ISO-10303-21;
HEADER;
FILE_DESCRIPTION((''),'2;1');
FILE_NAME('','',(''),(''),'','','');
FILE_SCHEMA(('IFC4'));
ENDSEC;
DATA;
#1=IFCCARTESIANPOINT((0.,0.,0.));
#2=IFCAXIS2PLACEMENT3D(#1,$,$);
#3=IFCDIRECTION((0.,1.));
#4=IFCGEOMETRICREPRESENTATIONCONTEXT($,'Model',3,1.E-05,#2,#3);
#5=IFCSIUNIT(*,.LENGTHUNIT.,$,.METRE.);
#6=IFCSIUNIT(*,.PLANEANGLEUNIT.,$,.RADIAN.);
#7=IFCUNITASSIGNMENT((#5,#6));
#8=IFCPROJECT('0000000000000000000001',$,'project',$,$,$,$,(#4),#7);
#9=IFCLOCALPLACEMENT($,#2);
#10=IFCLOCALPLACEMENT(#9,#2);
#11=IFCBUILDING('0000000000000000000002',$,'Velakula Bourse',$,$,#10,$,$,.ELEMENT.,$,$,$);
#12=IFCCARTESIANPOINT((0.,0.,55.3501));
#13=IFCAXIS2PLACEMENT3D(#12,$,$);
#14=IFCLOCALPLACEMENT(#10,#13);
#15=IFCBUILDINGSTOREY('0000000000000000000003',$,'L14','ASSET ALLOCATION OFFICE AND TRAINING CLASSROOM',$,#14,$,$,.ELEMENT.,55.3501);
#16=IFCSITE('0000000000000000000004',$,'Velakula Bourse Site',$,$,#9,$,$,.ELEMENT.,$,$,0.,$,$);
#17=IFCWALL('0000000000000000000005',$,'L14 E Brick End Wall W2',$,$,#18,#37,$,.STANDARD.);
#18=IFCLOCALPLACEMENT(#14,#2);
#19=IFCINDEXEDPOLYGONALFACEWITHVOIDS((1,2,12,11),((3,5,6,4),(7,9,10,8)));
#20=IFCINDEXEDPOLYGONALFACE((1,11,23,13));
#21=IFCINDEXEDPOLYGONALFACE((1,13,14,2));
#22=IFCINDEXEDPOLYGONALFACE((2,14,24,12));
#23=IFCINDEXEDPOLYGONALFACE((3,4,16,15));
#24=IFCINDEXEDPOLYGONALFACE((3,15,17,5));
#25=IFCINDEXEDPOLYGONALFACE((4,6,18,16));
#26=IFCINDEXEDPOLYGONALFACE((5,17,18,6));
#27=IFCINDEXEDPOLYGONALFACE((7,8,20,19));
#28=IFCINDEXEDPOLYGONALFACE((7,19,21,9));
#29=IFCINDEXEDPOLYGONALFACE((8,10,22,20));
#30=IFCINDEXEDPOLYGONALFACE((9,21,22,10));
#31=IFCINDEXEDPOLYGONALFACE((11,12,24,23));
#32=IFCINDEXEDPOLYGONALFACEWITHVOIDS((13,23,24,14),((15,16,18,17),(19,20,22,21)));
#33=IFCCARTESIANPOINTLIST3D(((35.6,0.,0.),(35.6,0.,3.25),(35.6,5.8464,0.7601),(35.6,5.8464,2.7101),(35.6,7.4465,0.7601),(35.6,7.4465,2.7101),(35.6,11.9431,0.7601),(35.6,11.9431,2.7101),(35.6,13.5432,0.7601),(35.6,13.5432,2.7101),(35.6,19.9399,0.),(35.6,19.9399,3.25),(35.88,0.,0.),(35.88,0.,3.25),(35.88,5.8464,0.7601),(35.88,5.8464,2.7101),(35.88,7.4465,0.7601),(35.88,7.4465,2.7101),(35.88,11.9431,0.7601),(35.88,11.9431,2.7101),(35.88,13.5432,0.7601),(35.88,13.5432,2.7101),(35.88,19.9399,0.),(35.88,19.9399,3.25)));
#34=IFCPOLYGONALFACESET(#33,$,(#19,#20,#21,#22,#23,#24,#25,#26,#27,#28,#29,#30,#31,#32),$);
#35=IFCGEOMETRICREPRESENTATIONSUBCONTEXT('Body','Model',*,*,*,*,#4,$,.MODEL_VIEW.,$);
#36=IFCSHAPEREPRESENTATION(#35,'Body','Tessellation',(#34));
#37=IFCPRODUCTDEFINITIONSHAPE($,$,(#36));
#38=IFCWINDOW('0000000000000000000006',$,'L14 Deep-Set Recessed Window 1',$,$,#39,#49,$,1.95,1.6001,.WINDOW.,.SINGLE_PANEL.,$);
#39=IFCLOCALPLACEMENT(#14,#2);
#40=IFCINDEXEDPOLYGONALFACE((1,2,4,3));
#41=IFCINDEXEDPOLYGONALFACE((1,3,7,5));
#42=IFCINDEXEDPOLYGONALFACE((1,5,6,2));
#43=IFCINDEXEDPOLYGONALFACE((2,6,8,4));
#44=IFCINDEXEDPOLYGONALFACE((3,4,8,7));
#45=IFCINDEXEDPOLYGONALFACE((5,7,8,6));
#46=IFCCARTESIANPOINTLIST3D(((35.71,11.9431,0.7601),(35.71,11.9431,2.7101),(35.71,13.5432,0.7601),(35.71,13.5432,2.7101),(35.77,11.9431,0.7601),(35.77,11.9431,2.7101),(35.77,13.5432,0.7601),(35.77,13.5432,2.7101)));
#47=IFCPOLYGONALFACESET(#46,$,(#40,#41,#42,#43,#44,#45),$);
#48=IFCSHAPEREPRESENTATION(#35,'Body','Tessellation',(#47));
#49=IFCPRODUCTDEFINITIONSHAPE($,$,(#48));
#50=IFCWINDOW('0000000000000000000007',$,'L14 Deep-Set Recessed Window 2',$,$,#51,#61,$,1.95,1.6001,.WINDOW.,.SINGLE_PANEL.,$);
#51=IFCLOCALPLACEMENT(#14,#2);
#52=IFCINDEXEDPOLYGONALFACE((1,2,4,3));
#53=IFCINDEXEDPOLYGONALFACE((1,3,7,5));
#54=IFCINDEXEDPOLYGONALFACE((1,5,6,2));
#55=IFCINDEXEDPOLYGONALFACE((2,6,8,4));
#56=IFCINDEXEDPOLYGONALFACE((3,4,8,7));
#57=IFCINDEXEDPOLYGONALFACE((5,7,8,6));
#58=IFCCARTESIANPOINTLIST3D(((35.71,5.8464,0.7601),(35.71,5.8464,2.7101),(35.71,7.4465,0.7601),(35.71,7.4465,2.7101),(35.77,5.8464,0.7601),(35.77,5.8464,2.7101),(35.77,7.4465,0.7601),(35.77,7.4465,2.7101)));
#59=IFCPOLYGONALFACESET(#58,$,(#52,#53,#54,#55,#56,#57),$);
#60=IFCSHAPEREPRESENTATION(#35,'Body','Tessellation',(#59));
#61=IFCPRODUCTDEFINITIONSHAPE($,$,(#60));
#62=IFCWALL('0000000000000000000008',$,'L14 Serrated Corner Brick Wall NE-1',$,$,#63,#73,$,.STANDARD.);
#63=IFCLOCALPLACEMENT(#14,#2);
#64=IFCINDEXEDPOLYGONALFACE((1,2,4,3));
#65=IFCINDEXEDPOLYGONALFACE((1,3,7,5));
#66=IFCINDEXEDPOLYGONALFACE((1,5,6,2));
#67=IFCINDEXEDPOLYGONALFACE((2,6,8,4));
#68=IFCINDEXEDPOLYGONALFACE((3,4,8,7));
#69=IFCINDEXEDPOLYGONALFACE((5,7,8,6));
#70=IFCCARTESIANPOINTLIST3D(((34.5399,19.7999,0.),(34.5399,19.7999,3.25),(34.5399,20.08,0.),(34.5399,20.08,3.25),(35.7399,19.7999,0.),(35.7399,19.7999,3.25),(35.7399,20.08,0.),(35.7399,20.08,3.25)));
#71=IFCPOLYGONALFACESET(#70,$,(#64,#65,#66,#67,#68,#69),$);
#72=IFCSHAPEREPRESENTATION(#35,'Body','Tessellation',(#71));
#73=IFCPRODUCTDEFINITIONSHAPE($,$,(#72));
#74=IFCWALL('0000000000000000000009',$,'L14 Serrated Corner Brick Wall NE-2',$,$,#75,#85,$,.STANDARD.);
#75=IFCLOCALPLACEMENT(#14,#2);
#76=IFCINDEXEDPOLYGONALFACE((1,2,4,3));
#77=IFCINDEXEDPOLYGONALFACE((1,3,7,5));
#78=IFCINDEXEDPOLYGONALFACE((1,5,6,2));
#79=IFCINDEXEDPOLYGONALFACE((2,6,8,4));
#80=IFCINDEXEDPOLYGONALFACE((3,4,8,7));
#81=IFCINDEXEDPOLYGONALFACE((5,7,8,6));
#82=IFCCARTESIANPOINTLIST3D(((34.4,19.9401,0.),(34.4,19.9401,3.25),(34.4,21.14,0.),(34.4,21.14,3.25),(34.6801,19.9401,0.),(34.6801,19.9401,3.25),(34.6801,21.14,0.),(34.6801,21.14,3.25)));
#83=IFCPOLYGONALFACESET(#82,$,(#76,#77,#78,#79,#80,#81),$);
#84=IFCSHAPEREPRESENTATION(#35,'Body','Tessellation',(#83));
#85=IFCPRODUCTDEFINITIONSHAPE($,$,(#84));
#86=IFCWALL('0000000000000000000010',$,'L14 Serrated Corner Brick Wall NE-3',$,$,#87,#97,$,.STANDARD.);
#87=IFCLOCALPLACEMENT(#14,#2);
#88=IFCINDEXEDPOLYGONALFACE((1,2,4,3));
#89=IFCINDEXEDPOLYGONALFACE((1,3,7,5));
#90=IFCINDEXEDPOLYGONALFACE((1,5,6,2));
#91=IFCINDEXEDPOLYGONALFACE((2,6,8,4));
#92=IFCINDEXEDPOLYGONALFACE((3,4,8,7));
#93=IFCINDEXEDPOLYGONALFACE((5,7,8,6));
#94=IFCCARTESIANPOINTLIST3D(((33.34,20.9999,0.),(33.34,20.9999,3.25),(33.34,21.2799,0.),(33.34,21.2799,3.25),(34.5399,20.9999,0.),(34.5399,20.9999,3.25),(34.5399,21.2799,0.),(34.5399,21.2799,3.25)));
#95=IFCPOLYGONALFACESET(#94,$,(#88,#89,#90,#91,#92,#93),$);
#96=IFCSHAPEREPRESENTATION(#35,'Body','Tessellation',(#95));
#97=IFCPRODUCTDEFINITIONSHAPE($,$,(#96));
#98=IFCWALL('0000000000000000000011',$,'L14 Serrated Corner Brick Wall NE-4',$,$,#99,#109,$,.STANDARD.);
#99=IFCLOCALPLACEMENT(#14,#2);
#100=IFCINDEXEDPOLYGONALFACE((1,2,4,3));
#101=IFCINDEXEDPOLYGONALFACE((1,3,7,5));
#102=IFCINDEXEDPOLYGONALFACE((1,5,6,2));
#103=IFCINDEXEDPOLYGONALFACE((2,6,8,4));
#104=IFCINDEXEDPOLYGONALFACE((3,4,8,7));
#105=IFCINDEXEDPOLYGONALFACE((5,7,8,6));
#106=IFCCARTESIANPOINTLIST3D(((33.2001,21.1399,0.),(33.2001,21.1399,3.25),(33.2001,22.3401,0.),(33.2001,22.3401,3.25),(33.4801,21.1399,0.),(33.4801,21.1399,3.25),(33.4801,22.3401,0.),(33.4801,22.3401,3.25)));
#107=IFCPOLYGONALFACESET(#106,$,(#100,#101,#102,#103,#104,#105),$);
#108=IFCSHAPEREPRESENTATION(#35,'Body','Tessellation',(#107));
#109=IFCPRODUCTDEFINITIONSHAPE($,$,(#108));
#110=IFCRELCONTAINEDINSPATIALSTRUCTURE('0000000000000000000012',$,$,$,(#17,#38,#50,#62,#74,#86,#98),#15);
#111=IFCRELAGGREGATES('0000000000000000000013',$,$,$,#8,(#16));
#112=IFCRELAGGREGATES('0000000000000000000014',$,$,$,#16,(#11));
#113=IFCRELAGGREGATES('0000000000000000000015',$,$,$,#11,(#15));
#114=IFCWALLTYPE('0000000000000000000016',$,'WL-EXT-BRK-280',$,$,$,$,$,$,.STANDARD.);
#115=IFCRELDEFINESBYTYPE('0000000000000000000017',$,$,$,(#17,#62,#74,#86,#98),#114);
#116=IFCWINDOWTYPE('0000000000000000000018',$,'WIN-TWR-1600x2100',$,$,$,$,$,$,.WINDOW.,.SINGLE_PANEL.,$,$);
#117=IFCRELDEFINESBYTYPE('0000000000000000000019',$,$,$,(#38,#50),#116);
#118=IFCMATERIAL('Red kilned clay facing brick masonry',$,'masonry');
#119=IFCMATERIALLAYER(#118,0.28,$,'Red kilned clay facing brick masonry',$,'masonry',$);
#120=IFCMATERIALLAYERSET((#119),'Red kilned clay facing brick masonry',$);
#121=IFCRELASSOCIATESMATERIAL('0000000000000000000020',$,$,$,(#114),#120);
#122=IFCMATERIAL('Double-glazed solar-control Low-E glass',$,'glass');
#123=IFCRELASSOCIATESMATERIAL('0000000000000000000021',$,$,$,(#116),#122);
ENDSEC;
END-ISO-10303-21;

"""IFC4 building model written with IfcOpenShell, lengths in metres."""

from ifc_helpers import new_model, si_unit, direction, frame, frame_2d, origin, place, context, subcontext, project, spatial, rectangle, extrude, material, layer, layer_set, type_object, element, fill, save


model = new_model("IFC4")

# Units and contexts
model_context = context("Model", 3, precision=1e-05, world=origin(), true_north=direction((0.0, 1.0)))
body_context = subcontext(model_context, "Body", "Model", "MODEL_VIEW")
ifc_project = project(units=[si_unit("LENGTHUNIT", "METRE"), si_unit("PLANEANGLEUNIT", "RADIAN")], contexts=[model_context])

# Site, building, storey
site_placement = place(None, origin())
site = spatial("IfcSite", under=ifc_project, at=site_placement, Name="Velakula Bourse Site", CompositionType="ELEMENT", RefElevation=0.0)
building_placement = place(site_placement, origin())
building = spatial("IfcBuilding", under=site, at=building_placement, Name="Velakula Bourse", CompositionType="ELEMENT")
storey_placement = place(building_placement, frame((0.0, 0.0, 55.3501)))
storey = spatial("IfcBuildingStorey", under=building, at=storey_placement, Name="L14", Description="ASSET ALLOCATION OFFICE AND TRAINING CLASSROOM", CompositionType="ELEMENT", Elevation=55.3501)

# Wall, openings, windows
ifc_material_1 = material(Name="Red kilned clay facing brick masonry", Category="masonry")
ifc_layer = layer(ifc_material_1, 0.28, Name="Red kilned clay facing brick masonry", Category="masonry")
ifc_layer_set = layer_set([ifc_layer], Name="Red kilned clay facing brick masonry")
wall_type = type_object("IfcWallType", Name="WL-EXT-BRK-280", PredefinedType="STANDARD", material=ifc_layer_set)
wall_1_placement = place(storey_placement, frame((35.74, 19.9399, 0.0), z_axis=(0.0, 0.0, 1.0), x_axis=(0.0, -1.0, 0.0)))
wall_1 = element("IfcWall", 1, at=wall_1_placement, inside=storey, type_object=wall_type, Name="L14 E Brick End Wall W2", PredefinedType="STANDARD", context=body_context, shape_type="SweptSolid", body=[
    extrude(rectangle(XDim=19.9399, YDim=0.28, at=frame_2d((9.97, 0.0))), origin(), (0.0, 0.0, 1.0), 3.25),
])
opening_1_placement = place(wall_1_placement, frame((6.3967, 0.0, 0.76)))
opening_1 = element("IfcOpeningElement", 2, at=opening_1_placement, cuts=wall_1, PredefinedType="OPENING", context=body_context, shape_type="SweptSolid", body=[
    extrude(rectangle(XDim=1.6001, YDim=1.95, at=frame_2d((0.8, 0.9751))), frame((0.0, 0.1499, 0.0), z_axis=(0.0, -1.0, 0.0), x_axis=(1.0, 0.0, 0.0)), (0.0, 0.0, 1.0), 0.3),
])
opening_2_placement = place(wall_1_placement, frame((12.4934, 0.0, 0.76)))
opening_2 = element("IfcOpeningElement", 3, at=opening_2_placement, cuts=wall_1, PredefinedType="OPENING", context=body_context, shape_type="SweptSolid", body=[
    extrude(rectangle(XDim=1.6001, YDim=1.95, at=frame_2d((0.8, 0.9751))), frame((0.0, 0.1499, 0.0), z_axis=(0.0, -1.0, 0.0), x_axis=(1.0, 0.0, 0.0)), (0.0, 0.0, 1.0), 0.3),
])
ifc_material_2 = material(Name="Double-glazed solar-control Low-E glass", Category="glass")
window_type = type_object("IfcWindowType", Name="WIN-TWR-1600x2100", PartitioningType="SINGLE_PANEL", PredefinedType="WINDOW", material=ifc_material_2)
window_1_placement = place(opening_1_placement, origin())
window_1 = element("IfcWindow", 4, at=window_1_placement, inside=storey, type_object=window_type, Name="L14 Deep-Set Recessed Window 1", OverallHeight=1.95, OverallWidth=1.6001, PartitioningType="SINGLE_PANEL", PredefinedType="WINDOW", context=body_context, shape_type="SweptSolid", body=[
    extrude(rectangle(XDim=1.6001, YDim=1.95, at=frame_2d((0.8, 0.9751))), frame((0.0, 0.03, 0.0), z_axis=(0.0, -1.0, 0.0), x_axis=(1.0, 0.0, 0.0)), (0.0, 0.0, 1.0), 0.0601),
])
fill(opening_1, window_1)
window_2_placement = place(opening_2_placement, origin())
window_2 = element("IfcWindow", 5, at=window_2_placement, inside=storey, type_object=window_type, Name="L14 Deep-Set Recessed Window 2", OverallHeight=1.95, OverallWidth=1.6001, PartitioningType="SINGLE_PANEL", PredefinedType="WINDOW", context=body_context, shape_type="SweptSolid", body=[
    extrude(rectangle(XDim=1.6001, YDim=1.95, at=frame_2d((0.8, 0.9751))), frame((0.0, 0.03, 0.0), z_axis=(0.0, -1.0, 0.0), x_axis=(1.0, 0.0, 0.0)), (0.0, 0.0, 1.0), 0.0601),
])
fill(opening_2, window_2)

# Walls
for number, where, z_axis, x_axis, name in (
    (6, (35.74, 19.9399, 0.0), (0.0, 0.0, 1.0), (-1.0, 0.0, 0.0), "L14 Serrated Corner Brick Wall NE-1"),
    (7, (34.54, 19.9399, 0.0), (0.0, 0.0, 1.0), (0.0, 1.0, 0.0), "L14 Serrated Corner Brick Wall NE-2"),
    (8, (34.54, 21.1399, 0.0), (0.0, 0.0, 1.0), (-1.0, 0.0, 0.0), "L14 Serrated Corner Brick Wall NE-3"),
):
    element("IfcWall", number, at=place(storey_placement, frame(where, z_axis=z_axis, x_axis=x_axis)), inside=storey, type_object=wall_type, Name=name, PredefinedType="STANDARD", context=body_context, shape_type="SweptSolid", body=[
        extrude(rectangle(XDim=1.2, YDim=0.28, at=frame_2d((0.6001, 0.0))), origin(), (0.0, 0.0, 1.0), 3.25),
    ])
wall_2_placement = place(storey_placement, frame((33.3401, 21.1399, 0.0), z_axis=(0.0, 0.0, 1.0), x_axis=(0.0, 1.0, 0.0)))
element("IfcWall", 9, at=wall_2_placement, inside=storey, type_object=wall_type, Name="L14 Serrated Corner Brick Wall NE-4", PredefinedType="STANDARD", context=body_context, shape_type="SweptSolid", body=[
    extrude(rectangle(XDim=1.2002, YDim=0.28, at=frame_2d((0.6001, 0.0))), origin(), (0.0, 0.0, 1.0), 3.25),
])

save(model, "model.ifc")
